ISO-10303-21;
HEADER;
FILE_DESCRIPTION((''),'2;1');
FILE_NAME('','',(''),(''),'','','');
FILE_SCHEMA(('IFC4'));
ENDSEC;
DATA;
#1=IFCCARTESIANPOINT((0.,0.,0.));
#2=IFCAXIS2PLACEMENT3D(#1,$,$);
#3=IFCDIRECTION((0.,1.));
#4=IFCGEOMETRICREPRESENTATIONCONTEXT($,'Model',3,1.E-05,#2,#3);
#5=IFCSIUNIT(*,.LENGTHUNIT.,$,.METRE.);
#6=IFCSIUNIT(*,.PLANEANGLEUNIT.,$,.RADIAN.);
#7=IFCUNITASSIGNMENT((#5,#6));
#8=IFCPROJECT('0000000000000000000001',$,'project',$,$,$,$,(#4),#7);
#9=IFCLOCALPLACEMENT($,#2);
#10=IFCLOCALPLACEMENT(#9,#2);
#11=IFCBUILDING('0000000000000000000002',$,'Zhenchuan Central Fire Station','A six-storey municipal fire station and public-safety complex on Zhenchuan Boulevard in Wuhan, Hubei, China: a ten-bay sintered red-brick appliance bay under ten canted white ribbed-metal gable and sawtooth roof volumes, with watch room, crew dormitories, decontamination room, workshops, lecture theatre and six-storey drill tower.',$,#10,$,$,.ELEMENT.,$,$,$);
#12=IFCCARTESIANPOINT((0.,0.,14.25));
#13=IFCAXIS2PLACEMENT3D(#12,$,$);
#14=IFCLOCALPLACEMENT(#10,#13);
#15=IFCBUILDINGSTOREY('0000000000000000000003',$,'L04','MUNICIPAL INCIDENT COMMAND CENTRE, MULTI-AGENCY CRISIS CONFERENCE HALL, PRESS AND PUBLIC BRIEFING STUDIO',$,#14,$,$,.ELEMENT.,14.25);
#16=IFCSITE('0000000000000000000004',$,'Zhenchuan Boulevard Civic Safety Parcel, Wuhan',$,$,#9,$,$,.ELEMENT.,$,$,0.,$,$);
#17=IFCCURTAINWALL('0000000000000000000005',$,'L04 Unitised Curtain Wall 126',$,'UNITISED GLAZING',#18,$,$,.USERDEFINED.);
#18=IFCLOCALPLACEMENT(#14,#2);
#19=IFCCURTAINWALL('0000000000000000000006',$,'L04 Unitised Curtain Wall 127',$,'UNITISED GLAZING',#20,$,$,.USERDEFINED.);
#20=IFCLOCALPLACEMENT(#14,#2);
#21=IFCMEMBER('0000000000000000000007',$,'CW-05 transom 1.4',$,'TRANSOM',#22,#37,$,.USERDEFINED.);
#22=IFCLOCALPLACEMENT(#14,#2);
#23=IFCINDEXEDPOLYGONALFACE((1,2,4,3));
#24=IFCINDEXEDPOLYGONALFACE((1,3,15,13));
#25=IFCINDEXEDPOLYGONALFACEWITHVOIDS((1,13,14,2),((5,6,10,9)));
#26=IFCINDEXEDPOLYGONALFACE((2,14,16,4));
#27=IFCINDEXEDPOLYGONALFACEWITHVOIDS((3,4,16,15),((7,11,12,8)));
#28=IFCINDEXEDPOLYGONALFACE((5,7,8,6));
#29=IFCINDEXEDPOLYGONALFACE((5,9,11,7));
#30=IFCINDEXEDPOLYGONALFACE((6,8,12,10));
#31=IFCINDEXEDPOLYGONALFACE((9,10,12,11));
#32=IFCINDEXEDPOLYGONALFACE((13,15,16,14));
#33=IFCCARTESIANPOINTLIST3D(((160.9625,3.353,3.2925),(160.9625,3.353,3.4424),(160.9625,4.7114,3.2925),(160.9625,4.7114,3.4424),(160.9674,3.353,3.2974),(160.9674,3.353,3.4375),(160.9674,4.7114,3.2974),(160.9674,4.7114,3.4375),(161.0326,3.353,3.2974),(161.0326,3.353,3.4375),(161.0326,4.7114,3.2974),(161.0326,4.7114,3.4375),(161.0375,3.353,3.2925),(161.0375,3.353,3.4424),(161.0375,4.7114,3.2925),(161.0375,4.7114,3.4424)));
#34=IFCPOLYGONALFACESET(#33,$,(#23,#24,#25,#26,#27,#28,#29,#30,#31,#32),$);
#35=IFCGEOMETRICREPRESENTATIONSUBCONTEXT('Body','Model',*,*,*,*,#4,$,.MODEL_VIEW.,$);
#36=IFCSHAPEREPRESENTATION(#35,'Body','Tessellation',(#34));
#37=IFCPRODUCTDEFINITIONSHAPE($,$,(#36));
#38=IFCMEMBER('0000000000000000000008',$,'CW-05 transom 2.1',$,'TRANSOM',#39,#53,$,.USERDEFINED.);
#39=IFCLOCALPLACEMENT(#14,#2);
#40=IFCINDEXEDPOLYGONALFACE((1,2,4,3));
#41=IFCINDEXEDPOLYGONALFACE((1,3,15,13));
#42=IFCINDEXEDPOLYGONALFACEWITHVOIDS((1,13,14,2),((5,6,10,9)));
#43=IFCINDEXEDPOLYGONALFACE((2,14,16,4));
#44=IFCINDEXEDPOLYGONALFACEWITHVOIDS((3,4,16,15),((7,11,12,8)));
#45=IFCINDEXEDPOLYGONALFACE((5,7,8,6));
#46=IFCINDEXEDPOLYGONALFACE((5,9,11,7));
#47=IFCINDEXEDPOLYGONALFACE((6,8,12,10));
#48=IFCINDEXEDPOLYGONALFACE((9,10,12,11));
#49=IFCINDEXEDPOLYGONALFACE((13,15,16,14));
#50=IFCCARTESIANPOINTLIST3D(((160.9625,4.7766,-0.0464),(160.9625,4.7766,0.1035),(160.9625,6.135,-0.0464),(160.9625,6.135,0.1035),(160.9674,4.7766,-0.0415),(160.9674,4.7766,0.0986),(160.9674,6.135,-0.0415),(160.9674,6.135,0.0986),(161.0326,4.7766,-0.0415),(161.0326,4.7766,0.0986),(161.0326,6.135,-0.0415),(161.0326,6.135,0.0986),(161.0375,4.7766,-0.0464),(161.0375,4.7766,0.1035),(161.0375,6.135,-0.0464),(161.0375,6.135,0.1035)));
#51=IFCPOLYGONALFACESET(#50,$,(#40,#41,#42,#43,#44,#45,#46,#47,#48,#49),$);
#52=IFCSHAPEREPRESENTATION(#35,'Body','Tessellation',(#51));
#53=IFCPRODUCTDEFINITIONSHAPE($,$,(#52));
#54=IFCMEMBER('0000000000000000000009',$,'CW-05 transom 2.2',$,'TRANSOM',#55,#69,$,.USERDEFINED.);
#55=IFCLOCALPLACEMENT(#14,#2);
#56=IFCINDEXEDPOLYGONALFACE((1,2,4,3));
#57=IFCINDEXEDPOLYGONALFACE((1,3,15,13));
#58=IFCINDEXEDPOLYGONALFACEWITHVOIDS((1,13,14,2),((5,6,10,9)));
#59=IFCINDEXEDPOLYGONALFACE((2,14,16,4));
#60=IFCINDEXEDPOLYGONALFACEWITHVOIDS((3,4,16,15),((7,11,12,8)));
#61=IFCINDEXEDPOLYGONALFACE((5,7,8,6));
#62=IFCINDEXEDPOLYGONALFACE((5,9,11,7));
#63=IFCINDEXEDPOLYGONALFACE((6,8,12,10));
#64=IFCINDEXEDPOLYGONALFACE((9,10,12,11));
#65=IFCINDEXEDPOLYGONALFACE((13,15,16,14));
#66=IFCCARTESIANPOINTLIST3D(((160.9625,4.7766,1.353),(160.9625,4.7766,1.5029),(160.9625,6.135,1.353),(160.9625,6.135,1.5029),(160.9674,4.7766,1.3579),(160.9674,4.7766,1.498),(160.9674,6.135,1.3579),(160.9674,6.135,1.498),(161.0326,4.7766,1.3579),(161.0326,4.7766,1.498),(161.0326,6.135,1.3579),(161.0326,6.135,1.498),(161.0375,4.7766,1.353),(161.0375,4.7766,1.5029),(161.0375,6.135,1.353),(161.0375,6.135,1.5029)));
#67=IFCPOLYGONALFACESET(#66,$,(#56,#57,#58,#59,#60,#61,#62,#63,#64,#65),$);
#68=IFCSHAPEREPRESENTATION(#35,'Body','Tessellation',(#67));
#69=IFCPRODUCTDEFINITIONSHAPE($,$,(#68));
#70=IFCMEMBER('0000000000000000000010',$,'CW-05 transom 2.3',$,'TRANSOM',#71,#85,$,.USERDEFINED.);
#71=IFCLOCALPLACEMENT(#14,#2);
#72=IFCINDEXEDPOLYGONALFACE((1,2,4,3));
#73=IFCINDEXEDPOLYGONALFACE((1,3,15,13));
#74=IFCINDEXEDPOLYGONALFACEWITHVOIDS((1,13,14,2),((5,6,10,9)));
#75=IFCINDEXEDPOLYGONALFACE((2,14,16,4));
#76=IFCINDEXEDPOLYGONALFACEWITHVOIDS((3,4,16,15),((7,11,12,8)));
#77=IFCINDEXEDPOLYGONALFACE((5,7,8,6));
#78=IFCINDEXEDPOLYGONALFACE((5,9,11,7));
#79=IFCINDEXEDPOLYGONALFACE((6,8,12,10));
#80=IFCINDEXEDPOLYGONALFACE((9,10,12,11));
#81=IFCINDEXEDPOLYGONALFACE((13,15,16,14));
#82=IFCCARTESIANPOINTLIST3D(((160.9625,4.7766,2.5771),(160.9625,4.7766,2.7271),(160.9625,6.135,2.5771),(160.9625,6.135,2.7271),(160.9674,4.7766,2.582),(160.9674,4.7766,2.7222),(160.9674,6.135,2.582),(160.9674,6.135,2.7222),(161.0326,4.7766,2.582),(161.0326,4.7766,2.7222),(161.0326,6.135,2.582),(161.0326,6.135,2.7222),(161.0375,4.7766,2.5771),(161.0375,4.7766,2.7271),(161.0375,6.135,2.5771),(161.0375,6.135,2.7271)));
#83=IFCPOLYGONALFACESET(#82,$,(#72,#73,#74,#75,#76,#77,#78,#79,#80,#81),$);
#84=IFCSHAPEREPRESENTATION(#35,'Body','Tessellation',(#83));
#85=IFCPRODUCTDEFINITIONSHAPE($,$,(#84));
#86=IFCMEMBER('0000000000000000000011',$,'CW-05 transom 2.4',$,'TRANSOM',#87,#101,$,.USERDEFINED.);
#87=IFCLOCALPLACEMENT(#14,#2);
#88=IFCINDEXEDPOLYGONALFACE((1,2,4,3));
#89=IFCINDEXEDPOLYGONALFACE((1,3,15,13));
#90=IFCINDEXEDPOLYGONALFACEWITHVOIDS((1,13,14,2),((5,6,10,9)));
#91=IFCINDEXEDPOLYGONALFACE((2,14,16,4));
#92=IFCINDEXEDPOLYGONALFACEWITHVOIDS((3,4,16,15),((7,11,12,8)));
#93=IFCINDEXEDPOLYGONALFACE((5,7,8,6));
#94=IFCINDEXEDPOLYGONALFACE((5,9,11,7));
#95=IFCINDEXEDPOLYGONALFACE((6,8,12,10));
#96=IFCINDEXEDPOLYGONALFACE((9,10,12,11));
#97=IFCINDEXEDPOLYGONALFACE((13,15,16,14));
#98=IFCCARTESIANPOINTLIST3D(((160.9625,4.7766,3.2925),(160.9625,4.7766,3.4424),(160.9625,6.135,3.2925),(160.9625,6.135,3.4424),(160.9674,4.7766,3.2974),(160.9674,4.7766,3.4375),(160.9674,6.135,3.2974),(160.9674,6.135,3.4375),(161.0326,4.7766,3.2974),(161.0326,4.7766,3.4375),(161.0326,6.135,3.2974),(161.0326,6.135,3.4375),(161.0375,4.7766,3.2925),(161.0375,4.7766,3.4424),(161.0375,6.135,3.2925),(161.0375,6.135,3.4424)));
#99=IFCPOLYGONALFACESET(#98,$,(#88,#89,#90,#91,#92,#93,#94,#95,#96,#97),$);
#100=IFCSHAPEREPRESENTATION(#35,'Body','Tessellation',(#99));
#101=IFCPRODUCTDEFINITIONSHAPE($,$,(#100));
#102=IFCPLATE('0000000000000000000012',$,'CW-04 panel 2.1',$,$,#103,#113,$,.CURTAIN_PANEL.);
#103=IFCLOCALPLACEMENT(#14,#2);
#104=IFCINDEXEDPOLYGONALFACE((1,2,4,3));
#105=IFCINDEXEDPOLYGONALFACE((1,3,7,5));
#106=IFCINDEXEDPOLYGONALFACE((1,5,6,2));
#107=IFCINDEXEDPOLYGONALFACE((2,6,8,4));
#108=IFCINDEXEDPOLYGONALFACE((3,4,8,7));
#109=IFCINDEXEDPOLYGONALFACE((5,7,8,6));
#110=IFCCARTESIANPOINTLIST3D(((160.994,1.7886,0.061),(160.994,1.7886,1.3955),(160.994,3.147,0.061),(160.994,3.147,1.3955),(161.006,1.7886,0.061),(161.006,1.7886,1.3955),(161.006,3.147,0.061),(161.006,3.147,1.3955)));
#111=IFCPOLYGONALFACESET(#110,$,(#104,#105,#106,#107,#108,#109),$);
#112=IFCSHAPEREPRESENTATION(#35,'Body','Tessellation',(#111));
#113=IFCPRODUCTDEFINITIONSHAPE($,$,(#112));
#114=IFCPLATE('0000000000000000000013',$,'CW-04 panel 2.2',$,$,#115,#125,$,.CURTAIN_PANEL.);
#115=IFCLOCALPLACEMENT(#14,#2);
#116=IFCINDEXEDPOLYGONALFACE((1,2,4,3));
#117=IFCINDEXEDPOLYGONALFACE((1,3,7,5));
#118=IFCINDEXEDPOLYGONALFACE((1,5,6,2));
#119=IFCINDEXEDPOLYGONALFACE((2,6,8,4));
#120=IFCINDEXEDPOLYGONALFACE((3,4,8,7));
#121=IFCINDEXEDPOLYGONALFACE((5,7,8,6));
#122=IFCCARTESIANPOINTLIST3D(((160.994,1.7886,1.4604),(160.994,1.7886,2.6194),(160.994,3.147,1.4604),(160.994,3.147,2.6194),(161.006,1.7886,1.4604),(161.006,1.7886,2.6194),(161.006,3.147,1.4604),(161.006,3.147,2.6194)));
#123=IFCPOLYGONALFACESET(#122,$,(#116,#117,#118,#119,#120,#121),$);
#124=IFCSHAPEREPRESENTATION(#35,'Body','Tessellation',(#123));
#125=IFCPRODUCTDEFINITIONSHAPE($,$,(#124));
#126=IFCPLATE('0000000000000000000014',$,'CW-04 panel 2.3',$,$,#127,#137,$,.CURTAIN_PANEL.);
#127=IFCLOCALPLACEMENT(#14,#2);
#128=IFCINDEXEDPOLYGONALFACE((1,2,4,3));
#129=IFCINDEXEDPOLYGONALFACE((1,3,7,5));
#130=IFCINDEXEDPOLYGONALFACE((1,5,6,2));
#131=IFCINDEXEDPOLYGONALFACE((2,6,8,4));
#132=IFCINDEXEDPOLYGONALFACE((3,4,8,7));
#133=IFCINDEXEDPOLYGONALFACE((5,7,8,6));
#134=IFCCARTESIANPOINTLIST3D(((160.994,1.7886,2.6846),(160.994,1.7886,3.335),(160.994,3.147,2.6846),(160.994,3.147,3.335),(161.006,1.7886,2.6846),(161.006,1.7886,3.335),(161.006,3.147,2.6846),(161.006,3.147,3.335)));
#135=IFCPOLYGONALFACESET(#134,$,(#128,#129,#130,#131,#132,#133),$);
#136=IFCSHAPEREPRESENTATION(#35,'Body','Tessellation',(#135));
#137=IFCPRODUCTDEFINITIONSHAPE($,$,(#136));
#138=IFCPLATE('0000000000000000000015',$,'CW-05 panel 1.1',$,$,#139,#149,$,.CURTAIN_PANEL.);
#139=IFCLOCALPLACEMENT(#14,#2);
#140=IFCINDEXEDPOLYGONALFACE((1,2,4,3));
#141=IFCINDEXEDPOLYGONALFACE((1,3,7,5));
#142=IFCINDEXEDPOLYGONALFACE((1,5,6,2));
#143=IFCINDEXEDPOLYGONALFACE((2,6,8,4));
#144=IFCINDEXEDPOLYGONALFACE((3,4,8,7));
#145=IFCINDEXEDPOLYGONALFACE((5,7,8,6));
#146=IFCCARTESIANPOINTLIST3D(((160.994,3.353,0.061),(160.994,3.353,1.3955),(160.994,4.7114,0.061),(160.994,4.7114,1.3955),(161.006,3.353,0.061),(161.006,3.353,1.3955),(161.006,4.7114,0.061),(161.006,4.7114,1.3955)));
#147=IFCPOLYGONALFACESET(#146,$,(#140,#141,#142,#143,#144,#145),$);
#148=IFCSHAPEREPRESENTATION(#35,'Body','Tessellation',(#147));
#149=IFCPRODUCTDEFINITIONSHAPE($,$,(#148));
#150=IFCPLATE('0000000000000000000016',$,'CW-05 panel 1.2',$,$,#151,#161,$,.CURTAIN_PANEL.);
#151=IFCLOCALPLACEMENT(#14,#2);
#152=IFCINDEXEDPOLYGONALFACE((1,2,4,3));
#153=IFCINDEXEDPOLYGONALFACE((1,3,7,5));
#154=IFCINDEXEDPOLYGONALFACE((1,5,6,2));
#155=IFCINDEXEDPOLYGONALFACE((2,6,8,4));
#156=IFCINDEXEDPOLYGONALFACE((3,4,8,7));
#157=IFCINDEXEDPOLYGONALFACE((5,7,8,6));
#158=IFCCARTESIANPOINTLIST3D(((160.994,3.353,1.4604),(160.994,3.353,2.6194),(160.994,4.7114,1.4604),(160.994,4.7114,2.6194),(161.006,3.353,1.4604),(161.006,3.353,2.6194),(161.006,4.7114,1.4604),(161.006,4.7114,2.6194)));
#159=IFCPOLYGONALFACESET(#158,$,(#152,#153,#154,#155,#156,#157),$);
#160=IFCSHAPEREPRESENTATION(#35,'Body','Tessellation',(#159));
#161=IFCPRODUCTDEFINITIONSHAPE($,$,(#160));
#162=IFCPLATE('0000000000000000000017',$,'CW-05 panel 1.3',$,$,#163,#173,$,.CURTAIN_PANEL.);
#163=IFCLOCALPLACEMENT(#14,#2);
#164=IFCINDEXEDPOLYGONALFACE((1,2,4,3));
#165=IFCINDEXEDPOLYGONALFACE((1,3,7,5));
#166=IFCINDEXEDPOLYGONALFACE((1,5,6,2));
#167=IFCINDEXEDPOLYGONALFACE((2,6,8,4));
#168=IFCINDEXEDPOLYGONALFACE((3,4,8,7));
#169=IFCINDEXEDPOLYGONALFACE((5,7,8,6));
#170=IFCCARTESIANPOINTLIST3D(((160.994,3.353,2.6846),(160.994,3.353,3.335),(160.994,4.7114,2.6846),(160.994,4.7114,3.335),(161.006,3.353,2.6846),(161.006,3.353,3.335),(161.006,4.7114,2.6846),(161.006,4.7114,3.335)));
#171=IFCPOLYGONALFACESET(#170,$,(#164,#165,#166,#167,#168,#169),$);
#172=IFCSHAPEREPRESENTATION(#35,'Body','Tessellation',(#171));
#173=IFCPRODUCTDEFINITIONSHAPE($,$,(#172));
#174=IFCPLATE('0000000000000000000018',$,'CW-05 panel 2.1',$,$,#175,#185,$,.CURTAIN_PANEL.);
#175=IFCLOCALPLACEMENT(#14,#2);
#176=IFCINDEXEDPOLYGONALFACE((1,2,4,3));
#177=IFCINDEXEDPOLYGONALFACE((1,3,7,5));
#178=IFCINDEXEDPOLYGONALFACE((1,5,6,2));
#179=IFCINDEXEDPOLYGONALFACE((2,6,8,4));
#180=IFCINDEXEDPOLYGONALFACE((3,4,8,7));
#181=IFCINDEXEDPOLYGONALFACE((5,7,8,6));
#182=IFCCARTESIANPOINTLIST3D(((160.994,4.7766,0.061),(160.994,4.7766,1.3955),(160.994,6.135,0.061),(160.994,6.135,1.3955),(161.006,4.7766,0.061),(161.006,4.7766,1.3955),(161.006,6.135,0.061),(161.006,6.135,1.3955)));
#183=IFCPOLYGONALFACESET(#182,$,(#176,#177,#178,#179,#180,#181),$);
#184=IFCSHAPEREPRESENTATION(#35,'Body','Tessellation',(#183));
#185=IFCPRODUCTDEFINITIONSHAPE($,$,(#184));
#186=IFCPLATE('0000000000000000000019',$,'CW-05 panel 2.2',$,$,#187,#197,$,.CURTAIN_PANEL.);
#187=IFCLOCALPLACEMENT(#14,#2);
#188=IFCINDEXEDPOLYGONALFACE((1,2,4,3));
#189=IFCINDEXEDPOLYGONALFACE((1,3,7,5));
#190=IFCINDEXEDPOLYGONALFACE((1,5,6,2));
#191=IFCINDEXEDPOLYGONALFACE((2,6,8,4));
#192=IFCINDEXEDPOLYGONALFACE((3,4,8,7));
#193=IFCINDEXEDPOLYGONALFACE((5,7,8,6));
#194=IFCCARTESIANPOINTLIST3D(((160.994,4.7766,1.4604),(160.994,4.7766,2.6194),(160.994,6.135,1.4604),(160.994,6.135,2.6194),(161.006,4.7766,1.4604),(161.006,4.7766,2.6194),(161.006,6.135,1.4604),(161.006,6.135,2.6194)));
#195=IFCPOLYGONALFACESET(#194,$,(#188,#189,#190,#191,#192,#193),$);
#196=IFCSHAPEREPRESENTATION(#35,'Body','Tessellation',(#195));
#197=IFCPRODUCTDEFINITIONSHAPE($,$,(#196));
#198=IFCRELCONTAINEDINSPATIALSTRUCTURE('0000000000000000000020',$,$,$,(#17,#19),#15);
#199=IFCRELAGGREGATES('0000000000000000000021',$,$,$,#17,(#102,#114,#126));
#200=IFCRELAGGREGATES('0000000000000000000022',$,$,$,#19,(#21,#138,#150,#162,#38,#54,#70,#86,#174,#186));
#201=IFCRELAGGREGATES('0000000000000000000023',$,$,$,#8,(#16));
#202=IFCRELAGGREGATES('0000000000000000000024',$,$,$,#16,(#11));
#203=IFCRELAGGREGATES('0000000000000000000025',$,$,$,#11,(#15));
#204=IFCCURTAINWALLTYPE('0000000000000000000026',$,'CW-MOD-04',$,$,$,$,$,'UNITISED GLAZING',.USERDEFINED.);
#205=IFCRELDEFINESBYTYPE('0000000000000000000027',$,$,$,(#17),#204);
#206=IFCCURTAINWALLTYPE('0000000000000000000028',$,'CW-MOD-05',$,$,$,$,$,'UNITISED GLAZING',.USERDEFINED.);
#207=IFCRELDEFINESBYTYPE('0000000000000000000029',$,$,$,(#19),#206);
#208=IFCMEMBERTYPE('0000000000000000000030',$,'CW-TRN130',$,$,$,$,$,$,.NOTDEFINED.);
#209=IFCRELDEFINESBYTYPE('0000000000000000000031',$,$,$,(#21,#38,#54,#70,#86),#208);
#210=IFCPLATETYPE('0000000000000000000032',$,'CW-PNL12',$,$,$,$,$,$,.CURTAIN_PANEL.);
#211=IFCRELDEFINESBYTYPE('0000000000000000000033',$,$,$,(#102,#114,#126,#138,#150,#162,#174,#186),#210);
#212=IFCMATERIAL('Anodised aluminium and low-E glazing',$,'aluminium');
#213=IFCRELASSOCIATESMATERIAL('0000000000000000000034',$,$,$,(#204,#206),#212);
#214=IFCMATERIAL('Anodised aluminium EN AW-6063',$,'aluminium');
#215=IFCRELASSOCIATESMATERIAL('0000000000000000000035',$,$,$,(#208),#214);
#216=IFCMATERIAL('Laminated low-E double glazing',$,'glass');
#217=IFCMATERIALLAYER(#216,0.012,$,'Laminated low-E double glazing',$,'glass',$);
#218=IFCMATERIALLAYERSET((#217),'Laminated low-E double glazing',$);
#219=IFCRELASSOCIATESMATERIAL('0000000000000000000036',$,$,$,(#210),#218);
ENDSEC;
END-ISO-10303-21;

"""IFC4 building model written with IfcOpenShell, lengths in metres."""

from ifc_helpers import new_model, si_unit, direction, frame, origin, origin_2d, place, context, subcontext, project, spatial, rectangle, hollow_rectangle, extrude, material, layer, layer_set, material_profile, profile_set, type_object, element, aggregate, save


model = new_model("IFC4")

# Units and contexts
model_context = context("Model", 3, precision=1e-05, world=origin(), true_north=direction((0.0, 1.0)))
body_context = subcontext(model_context, "Body", "Model", "MODEL_VIEW")
ifc_project = project(units=[si_unit("LENGTHUNIT", "METRE"), si_unit("PLANEANGLEUNIT", "RADIAN")], contexts=[model_context])

# Site, building, storey
site_placement = place(None, origin())
site = spatial("IfcSite", under=ifc_project, at=site_placement, Name="Zhenchuan Boulevard Civic Safety Parcel, Wuhan", CompositionType="ELEMENT", RefElevation=0.0)
building_placement = place(site_placement, origin())
building = spatial("IfcBuilding", under=site, at=building_placement, Name="Zhenchuan Central Fire Station", Description="A six-storey municipal fire station and public-safety complex on Zhenchuan Boulevard in Wuhan, Hubei, China: a ten-bay sintered red-brick appliance bay under ten canted white ribbed-metal gable and sawtooth roof volumes, with watch room, crew dormitories, decontamination room, workshops, lecture theatre and six-storey drill tower.", CompositionType="ELEMENT")
storey_placement = place(building_placement, frame((0.0, 0.0, 14.25)))
storey = spatial("IfcBuildingStorey", under=building, at=storey_placement, Name="L04", Description="MUNICIPAL INCIDENT COMMAND CENTRE, MULTI-AGENCY CRISIS CONFERENCE HALL, PRESS AND PUBLIC BRIEFING STUDIO", CompositionType="ELEMENT", Elevation=14.25)

# Curtain wall
ifc_material_1 = material(Name="Anodised aluminium and low-E glazing", Category="aluminium")
curtain_wall_type_1 = type_object("IfcCurtainWallType", Name="CW-MOD-04", ElementType="UNITISED GLAZING", PredefinedType="USERDEFINED", material=ifc_material_1)
curtain_wall_1_placement = place(storey_placement, origin())
curtain_wall_1 = element("IfcCurtainWall", 1, at=curtain_wall_1_placement, inside=storey, type_object=curtain_wall_type_1, Name="L04 Unitised Curtain Wall 126", ObjectType="UNITISED GLAZING", PredefinedType="USERDEFINED")
ifc_material_2 = material(Name="Anodised aluminium EN AW-6063", Category="aluminium")

# Curtain wall
curtain_wall_type_2 = type_object("IfcCurtainWallType", Name="CW-MOD-05", ElementType="UNITISED GLAZING", PredefinedType="USERDEFINED", material=ifc_material_1)
curtain_wall_2_placement = place(storey_placement, origin())
curtain_wall_2 = element("IfcCurtainWall", 2, at=curtain_wall_2_placement, inside=storey, type_object=curtain_wall_type_2, Name="L04 Unitised Curtain Wall 127", ObjectType="UNITISED GLAZING", PredefinedType="USERDEFINED")

# Members
ifc_material_profile_1 = material_profile(ifc_material_2, hollow_rectangle(XDim=0.075, YDim=0.1499, WallThickness=0.0049, at=origin_2d()), Name="ALU-T 150x75")
ifc_profile_set_1 = profile_set([ifc_material_profile_1], Name="Anodised aluminium EN AW-6063")
member_type_1 = type_object("IfcMemberType", Name="CW-TRN130", PredefinedType="NOTDEFINED", material=ifc_profile_set_1)
member_1_placement = place(storey_placement, frame((161.0, 3.353, 3.3674), z_axis=(0.0, 1.0, 0.0), x_axis=(-1.0, 0.0, 0.0)))
member_1 = element("IfcMember", 3, at=member_1_placement, type_object=member_type_1, Name="CW-05 transom 1.4", ObjectType="TRANSOM", PredefinedType="USERDEFINED", context=body_context, shape_type="SweptSolid", body=[
    extrude(hollow_rectangle(XDim=0.075, YDim=0.1499, WallThickness=0.0049, at=origin_2d()), origin(), (0.0, 0.0, 1.0), 1.3584),
])
member_2_placement = place(storey_placement, frame((161.0, 4.7766, 0.0286), z_axis=(0.0, 1.0, 0.0), x_axis=(-1.0, 0.0, 0.0)))
member_2 = element("IfcMember", 4, at=member_2_placement, type_object=member_type_1, Name="CW-05 transom 2.1", ObjectType="TRANSOM", PredefinedType="USERDEFINED", context=body_context, shape_type="SweptSolid", body=[
    extrude(hollow_rectangle(XDim=0.075, YDim=0.1499, WallThickness=0.0049, at=origin_2d()), origin(), (0.0, 0.0, 1.0), 1.3584),
])
member_3_placement = place(storey_placement, frame((161.0, 4.7766, 1.428), z_axis=(0.0, 1.0, 0.0), x_axis=(-1.0, 0.0, 0.0)))
member_3 = element("IfcMember", 5, at=member_3_placement, type_object=member_type_1, Name="CW-05 transom 2.2", ObjectType="TRANSOM", PredefinedType="USERDEFINED", context=body_context, shape_type="SweptSolid", body=[
    extrude(hollow_rectangle(XDim=0.075, YDim=0.1499, WallThickness=0.0049, at=origin_2d()), origin(), (0.0, 0.0, 1.0), 1.3584),
])
member_4_placement = place(storey_placement, frame((161.0, 4.7766, 2.6521), z_axis=(0.0, 1.0, 0.0), x_axis=(-1.0, 0.0, 0.0)))
member_4 = element("IfcMember", 6, at=member_4_placement, type_object=member_type_1, Name="CW-05 transom 2.3", ObjectType="TRANSOM", PredefinedType="USERDEFINED", context=body_context, shape_type="SweptSolid", body=[
    extrude(hollow_rectangle(XDim=0.075, YDim=0.1499, WallThickness=0.0049, at=origin_2d()), origin(), (0.0, 0.0, 1.0), 1.3584),
])
member_5_placement = place(storey_placement, frame((161.0, 4.7766, 3.3674), z_axis=(0.0, 1.0, 0.0), x_axis=(-1.0, 0.0, 0.0)))
member_5 = element("IfcMember", 7, at=member_5_placement, type_object=member_type_1, Name="CW-05 transom 2.4", ObjectType="TRANSOM", PredefinedType="USERDEFINED", context=body_context, shape_type="SweptSolid", body=[
    extrude(hollow_rectangle(XDim=0.075, YDim=0.1499, WallThickness=0.0049, at=origin_2d()), origin(), (0.0, 0.0, 1.0), 1.3584),
])

# Plates
ifc_material_3 = material(Name="Laminated low-E double glazing", Category="glass")
ifc_layer_1 = layer(ifc_material_3, 0.012, Name="Laminated low-E double glazing", Category="glass")
ifc_layer_set_1 = layer_set([ifc_layer_1], Name="Laminated low-E double glazing")
plate_type = type_object("IfcPlateType", Name="CW-PNL12", PredefinedType="CURTAIN_PANEL", material=ifc_layer_set_1)
plate_1_placement = place(storey_placement, frame((161.0, 2.4678, 0.061), z_axis=(0.0, 0.0, 1.0), x_axis=(0.0, 1.0, 0.0)))
plate_1 = element("IfcPlate", 8, at=plate_1_placement, type_object=plate_type, Name="CW-04 panel 2.1", PredefinedType="CURTAIN_PANEL", context=body_context, shape_type="SweptSolid", body=[
    extrude(rectangle(XDim=1.3584, YDim=0.012, at=origin_2d()), origin(), (0.0, 0.0, 1.0), 1.3345),
])
plate_2_placement = place(storey_placement, frame((161.0, 2.4678, 1.4604), z_axis=(0.0, 0.0, 1.0), x_axis=(0.0, 1.0, 0.0)))
plate_2 = element("IfcPlate", 9, at=plate_2_placement, type_object=plate_type, Name="CW-04 panel 2.2", PredefinedType="CURTAIN_PANEL", context=body_context, shape_type="SweptSolid", body=[
    extrude(rectangle(XDim=1.3584, YDim=0.012, at=origin_2d()), origin(), (0.0, 0.0, 1.0), 1.1589),
])
plate_3_placement = place(storey_placement, frame((161.0, 2.4678, 2.6846), z_axis=(0.0, 0.0, 1.0), x_axis=(0.0, 1.0, 0.0)))
plate_3 = element("IfcPlate", 10, at=plate_3_placement, type_object=plate_type, Name="CW-04 panel 2.3", PredefinedType="CURTAIN_PANEL", context=body_context, shape_type="SweptSolid", body=[
    extrude(rectangle(XDim=1.3584, YDim=0.012, at=origin_2d()), origin(), (0.0, 0.0, 1.0), 0.6504),
])
aggregate(curtain_wall_1, [plate_1, plate_2, plate_3])
plate_4_placement = place(storey_placement, frame((161.0, 4.0322, 0.061), z_axis=(0.0, 0.0, 1.0), x_axis=(0.0, 1.0, 0.0)))
plate_4 = element("IfcPlate", 11, at=plate_4_placement, type_object=plate_type, Name="CW-05 panel 1.1", PredefinedType="CURTAIN_PANEL", context=body_context, shape_type="SweptSolid", body=[
    extrude(rectangle(XDim=1.3584, YDim=0.012, at=origin_2d()), origin(), (0.0, 0.0, 1.0), 1.3345),
])
plate_5_placement = place(storey_placement, frame((161.0, 4.0322, 1.4604), z_axis=(0.0, 0.0, 1.0), x_axis=(0.0, 1.0, 0.0)))
plate_5 = element("IfcPlate", 12, at=plate_5_placement, type_object=plate_type, Name="CW-05 panel 1.2", PredefinedType="CURTAIN_PANEL", context=body_context, shape_type="SweptSolid", body=[
    extrude(rectangle(XDim=1.3584, YDim=0.012, at=origin_2d()), origin(), (0.0, 0.0, 1.0), 1.1589),
])
plate_6_placement = place(storey_placement, frame((161.0, 4.0322, 2.6846), z_axis=(0.0, 0.0, 1.0), x_axis=(0.0, 1.0, 0.0)))
plate_6 = element("IfcPlate", 13, at=plate_6_placement, type_object=plate_type, Name="CW-05 panel 1.3", PredefinedType="CURTAIN_PANEL", context=body_context, shape_type="SweptSolid", body=[
    extrude(rectangle(XDim=1.3584, YDim=0.012, at=origin_2d()), origin(), (0.0, 0.0, 1.0), 0.6504),
])
plate_7_placement = place(storey_placement, frame((161.0, 5.4558, 0.061), z_axis=(0.0, 0.0, 1.0), x_axis=(0.0, 1.0, 0.0)))
plate_7 = element("IfcPlate", 14, at=plate_7_placement, type_object=plate_type, Name="CW-05 panel 2.1", PredefinedType="CURTAIN_PANEL", context=body_context, shape_type="SweptSolid", body=[
    extrude(rectangle(XDim=1.3584, YDim=0.012, at=origin_2d()), origin(), (0.0, 0.0, 1.0), 1.3345),
])
plate_8_placement = place(storey_placement, frame((161.0, 5.4558, 1.4604), z_axis=(0.0, 0.0, 1.0), x_axis=(0.0, 1.0, 0.0)))
plate_8 = element("IfcPlate", 15, at=plate_8_placement, type_object=plate_type, Name="CW-05 panel 2.2", PredefinedType="CURTAIN_PANEL", context=body_context, shape_type="SweptSolid", body=[
    extrude(rectangle(XDim=1.3584, YDim=0.012, at=origin_2d()), origin(), (0.0, 0.0, 1.0), 1.1589),
])
aggregate(curtain_wall_2, [member_1, plate_4, plate_5, plate_6, member_2, member_3, member_4, member_5, plate_7, plate_8])

save(model, "model.ifc")
